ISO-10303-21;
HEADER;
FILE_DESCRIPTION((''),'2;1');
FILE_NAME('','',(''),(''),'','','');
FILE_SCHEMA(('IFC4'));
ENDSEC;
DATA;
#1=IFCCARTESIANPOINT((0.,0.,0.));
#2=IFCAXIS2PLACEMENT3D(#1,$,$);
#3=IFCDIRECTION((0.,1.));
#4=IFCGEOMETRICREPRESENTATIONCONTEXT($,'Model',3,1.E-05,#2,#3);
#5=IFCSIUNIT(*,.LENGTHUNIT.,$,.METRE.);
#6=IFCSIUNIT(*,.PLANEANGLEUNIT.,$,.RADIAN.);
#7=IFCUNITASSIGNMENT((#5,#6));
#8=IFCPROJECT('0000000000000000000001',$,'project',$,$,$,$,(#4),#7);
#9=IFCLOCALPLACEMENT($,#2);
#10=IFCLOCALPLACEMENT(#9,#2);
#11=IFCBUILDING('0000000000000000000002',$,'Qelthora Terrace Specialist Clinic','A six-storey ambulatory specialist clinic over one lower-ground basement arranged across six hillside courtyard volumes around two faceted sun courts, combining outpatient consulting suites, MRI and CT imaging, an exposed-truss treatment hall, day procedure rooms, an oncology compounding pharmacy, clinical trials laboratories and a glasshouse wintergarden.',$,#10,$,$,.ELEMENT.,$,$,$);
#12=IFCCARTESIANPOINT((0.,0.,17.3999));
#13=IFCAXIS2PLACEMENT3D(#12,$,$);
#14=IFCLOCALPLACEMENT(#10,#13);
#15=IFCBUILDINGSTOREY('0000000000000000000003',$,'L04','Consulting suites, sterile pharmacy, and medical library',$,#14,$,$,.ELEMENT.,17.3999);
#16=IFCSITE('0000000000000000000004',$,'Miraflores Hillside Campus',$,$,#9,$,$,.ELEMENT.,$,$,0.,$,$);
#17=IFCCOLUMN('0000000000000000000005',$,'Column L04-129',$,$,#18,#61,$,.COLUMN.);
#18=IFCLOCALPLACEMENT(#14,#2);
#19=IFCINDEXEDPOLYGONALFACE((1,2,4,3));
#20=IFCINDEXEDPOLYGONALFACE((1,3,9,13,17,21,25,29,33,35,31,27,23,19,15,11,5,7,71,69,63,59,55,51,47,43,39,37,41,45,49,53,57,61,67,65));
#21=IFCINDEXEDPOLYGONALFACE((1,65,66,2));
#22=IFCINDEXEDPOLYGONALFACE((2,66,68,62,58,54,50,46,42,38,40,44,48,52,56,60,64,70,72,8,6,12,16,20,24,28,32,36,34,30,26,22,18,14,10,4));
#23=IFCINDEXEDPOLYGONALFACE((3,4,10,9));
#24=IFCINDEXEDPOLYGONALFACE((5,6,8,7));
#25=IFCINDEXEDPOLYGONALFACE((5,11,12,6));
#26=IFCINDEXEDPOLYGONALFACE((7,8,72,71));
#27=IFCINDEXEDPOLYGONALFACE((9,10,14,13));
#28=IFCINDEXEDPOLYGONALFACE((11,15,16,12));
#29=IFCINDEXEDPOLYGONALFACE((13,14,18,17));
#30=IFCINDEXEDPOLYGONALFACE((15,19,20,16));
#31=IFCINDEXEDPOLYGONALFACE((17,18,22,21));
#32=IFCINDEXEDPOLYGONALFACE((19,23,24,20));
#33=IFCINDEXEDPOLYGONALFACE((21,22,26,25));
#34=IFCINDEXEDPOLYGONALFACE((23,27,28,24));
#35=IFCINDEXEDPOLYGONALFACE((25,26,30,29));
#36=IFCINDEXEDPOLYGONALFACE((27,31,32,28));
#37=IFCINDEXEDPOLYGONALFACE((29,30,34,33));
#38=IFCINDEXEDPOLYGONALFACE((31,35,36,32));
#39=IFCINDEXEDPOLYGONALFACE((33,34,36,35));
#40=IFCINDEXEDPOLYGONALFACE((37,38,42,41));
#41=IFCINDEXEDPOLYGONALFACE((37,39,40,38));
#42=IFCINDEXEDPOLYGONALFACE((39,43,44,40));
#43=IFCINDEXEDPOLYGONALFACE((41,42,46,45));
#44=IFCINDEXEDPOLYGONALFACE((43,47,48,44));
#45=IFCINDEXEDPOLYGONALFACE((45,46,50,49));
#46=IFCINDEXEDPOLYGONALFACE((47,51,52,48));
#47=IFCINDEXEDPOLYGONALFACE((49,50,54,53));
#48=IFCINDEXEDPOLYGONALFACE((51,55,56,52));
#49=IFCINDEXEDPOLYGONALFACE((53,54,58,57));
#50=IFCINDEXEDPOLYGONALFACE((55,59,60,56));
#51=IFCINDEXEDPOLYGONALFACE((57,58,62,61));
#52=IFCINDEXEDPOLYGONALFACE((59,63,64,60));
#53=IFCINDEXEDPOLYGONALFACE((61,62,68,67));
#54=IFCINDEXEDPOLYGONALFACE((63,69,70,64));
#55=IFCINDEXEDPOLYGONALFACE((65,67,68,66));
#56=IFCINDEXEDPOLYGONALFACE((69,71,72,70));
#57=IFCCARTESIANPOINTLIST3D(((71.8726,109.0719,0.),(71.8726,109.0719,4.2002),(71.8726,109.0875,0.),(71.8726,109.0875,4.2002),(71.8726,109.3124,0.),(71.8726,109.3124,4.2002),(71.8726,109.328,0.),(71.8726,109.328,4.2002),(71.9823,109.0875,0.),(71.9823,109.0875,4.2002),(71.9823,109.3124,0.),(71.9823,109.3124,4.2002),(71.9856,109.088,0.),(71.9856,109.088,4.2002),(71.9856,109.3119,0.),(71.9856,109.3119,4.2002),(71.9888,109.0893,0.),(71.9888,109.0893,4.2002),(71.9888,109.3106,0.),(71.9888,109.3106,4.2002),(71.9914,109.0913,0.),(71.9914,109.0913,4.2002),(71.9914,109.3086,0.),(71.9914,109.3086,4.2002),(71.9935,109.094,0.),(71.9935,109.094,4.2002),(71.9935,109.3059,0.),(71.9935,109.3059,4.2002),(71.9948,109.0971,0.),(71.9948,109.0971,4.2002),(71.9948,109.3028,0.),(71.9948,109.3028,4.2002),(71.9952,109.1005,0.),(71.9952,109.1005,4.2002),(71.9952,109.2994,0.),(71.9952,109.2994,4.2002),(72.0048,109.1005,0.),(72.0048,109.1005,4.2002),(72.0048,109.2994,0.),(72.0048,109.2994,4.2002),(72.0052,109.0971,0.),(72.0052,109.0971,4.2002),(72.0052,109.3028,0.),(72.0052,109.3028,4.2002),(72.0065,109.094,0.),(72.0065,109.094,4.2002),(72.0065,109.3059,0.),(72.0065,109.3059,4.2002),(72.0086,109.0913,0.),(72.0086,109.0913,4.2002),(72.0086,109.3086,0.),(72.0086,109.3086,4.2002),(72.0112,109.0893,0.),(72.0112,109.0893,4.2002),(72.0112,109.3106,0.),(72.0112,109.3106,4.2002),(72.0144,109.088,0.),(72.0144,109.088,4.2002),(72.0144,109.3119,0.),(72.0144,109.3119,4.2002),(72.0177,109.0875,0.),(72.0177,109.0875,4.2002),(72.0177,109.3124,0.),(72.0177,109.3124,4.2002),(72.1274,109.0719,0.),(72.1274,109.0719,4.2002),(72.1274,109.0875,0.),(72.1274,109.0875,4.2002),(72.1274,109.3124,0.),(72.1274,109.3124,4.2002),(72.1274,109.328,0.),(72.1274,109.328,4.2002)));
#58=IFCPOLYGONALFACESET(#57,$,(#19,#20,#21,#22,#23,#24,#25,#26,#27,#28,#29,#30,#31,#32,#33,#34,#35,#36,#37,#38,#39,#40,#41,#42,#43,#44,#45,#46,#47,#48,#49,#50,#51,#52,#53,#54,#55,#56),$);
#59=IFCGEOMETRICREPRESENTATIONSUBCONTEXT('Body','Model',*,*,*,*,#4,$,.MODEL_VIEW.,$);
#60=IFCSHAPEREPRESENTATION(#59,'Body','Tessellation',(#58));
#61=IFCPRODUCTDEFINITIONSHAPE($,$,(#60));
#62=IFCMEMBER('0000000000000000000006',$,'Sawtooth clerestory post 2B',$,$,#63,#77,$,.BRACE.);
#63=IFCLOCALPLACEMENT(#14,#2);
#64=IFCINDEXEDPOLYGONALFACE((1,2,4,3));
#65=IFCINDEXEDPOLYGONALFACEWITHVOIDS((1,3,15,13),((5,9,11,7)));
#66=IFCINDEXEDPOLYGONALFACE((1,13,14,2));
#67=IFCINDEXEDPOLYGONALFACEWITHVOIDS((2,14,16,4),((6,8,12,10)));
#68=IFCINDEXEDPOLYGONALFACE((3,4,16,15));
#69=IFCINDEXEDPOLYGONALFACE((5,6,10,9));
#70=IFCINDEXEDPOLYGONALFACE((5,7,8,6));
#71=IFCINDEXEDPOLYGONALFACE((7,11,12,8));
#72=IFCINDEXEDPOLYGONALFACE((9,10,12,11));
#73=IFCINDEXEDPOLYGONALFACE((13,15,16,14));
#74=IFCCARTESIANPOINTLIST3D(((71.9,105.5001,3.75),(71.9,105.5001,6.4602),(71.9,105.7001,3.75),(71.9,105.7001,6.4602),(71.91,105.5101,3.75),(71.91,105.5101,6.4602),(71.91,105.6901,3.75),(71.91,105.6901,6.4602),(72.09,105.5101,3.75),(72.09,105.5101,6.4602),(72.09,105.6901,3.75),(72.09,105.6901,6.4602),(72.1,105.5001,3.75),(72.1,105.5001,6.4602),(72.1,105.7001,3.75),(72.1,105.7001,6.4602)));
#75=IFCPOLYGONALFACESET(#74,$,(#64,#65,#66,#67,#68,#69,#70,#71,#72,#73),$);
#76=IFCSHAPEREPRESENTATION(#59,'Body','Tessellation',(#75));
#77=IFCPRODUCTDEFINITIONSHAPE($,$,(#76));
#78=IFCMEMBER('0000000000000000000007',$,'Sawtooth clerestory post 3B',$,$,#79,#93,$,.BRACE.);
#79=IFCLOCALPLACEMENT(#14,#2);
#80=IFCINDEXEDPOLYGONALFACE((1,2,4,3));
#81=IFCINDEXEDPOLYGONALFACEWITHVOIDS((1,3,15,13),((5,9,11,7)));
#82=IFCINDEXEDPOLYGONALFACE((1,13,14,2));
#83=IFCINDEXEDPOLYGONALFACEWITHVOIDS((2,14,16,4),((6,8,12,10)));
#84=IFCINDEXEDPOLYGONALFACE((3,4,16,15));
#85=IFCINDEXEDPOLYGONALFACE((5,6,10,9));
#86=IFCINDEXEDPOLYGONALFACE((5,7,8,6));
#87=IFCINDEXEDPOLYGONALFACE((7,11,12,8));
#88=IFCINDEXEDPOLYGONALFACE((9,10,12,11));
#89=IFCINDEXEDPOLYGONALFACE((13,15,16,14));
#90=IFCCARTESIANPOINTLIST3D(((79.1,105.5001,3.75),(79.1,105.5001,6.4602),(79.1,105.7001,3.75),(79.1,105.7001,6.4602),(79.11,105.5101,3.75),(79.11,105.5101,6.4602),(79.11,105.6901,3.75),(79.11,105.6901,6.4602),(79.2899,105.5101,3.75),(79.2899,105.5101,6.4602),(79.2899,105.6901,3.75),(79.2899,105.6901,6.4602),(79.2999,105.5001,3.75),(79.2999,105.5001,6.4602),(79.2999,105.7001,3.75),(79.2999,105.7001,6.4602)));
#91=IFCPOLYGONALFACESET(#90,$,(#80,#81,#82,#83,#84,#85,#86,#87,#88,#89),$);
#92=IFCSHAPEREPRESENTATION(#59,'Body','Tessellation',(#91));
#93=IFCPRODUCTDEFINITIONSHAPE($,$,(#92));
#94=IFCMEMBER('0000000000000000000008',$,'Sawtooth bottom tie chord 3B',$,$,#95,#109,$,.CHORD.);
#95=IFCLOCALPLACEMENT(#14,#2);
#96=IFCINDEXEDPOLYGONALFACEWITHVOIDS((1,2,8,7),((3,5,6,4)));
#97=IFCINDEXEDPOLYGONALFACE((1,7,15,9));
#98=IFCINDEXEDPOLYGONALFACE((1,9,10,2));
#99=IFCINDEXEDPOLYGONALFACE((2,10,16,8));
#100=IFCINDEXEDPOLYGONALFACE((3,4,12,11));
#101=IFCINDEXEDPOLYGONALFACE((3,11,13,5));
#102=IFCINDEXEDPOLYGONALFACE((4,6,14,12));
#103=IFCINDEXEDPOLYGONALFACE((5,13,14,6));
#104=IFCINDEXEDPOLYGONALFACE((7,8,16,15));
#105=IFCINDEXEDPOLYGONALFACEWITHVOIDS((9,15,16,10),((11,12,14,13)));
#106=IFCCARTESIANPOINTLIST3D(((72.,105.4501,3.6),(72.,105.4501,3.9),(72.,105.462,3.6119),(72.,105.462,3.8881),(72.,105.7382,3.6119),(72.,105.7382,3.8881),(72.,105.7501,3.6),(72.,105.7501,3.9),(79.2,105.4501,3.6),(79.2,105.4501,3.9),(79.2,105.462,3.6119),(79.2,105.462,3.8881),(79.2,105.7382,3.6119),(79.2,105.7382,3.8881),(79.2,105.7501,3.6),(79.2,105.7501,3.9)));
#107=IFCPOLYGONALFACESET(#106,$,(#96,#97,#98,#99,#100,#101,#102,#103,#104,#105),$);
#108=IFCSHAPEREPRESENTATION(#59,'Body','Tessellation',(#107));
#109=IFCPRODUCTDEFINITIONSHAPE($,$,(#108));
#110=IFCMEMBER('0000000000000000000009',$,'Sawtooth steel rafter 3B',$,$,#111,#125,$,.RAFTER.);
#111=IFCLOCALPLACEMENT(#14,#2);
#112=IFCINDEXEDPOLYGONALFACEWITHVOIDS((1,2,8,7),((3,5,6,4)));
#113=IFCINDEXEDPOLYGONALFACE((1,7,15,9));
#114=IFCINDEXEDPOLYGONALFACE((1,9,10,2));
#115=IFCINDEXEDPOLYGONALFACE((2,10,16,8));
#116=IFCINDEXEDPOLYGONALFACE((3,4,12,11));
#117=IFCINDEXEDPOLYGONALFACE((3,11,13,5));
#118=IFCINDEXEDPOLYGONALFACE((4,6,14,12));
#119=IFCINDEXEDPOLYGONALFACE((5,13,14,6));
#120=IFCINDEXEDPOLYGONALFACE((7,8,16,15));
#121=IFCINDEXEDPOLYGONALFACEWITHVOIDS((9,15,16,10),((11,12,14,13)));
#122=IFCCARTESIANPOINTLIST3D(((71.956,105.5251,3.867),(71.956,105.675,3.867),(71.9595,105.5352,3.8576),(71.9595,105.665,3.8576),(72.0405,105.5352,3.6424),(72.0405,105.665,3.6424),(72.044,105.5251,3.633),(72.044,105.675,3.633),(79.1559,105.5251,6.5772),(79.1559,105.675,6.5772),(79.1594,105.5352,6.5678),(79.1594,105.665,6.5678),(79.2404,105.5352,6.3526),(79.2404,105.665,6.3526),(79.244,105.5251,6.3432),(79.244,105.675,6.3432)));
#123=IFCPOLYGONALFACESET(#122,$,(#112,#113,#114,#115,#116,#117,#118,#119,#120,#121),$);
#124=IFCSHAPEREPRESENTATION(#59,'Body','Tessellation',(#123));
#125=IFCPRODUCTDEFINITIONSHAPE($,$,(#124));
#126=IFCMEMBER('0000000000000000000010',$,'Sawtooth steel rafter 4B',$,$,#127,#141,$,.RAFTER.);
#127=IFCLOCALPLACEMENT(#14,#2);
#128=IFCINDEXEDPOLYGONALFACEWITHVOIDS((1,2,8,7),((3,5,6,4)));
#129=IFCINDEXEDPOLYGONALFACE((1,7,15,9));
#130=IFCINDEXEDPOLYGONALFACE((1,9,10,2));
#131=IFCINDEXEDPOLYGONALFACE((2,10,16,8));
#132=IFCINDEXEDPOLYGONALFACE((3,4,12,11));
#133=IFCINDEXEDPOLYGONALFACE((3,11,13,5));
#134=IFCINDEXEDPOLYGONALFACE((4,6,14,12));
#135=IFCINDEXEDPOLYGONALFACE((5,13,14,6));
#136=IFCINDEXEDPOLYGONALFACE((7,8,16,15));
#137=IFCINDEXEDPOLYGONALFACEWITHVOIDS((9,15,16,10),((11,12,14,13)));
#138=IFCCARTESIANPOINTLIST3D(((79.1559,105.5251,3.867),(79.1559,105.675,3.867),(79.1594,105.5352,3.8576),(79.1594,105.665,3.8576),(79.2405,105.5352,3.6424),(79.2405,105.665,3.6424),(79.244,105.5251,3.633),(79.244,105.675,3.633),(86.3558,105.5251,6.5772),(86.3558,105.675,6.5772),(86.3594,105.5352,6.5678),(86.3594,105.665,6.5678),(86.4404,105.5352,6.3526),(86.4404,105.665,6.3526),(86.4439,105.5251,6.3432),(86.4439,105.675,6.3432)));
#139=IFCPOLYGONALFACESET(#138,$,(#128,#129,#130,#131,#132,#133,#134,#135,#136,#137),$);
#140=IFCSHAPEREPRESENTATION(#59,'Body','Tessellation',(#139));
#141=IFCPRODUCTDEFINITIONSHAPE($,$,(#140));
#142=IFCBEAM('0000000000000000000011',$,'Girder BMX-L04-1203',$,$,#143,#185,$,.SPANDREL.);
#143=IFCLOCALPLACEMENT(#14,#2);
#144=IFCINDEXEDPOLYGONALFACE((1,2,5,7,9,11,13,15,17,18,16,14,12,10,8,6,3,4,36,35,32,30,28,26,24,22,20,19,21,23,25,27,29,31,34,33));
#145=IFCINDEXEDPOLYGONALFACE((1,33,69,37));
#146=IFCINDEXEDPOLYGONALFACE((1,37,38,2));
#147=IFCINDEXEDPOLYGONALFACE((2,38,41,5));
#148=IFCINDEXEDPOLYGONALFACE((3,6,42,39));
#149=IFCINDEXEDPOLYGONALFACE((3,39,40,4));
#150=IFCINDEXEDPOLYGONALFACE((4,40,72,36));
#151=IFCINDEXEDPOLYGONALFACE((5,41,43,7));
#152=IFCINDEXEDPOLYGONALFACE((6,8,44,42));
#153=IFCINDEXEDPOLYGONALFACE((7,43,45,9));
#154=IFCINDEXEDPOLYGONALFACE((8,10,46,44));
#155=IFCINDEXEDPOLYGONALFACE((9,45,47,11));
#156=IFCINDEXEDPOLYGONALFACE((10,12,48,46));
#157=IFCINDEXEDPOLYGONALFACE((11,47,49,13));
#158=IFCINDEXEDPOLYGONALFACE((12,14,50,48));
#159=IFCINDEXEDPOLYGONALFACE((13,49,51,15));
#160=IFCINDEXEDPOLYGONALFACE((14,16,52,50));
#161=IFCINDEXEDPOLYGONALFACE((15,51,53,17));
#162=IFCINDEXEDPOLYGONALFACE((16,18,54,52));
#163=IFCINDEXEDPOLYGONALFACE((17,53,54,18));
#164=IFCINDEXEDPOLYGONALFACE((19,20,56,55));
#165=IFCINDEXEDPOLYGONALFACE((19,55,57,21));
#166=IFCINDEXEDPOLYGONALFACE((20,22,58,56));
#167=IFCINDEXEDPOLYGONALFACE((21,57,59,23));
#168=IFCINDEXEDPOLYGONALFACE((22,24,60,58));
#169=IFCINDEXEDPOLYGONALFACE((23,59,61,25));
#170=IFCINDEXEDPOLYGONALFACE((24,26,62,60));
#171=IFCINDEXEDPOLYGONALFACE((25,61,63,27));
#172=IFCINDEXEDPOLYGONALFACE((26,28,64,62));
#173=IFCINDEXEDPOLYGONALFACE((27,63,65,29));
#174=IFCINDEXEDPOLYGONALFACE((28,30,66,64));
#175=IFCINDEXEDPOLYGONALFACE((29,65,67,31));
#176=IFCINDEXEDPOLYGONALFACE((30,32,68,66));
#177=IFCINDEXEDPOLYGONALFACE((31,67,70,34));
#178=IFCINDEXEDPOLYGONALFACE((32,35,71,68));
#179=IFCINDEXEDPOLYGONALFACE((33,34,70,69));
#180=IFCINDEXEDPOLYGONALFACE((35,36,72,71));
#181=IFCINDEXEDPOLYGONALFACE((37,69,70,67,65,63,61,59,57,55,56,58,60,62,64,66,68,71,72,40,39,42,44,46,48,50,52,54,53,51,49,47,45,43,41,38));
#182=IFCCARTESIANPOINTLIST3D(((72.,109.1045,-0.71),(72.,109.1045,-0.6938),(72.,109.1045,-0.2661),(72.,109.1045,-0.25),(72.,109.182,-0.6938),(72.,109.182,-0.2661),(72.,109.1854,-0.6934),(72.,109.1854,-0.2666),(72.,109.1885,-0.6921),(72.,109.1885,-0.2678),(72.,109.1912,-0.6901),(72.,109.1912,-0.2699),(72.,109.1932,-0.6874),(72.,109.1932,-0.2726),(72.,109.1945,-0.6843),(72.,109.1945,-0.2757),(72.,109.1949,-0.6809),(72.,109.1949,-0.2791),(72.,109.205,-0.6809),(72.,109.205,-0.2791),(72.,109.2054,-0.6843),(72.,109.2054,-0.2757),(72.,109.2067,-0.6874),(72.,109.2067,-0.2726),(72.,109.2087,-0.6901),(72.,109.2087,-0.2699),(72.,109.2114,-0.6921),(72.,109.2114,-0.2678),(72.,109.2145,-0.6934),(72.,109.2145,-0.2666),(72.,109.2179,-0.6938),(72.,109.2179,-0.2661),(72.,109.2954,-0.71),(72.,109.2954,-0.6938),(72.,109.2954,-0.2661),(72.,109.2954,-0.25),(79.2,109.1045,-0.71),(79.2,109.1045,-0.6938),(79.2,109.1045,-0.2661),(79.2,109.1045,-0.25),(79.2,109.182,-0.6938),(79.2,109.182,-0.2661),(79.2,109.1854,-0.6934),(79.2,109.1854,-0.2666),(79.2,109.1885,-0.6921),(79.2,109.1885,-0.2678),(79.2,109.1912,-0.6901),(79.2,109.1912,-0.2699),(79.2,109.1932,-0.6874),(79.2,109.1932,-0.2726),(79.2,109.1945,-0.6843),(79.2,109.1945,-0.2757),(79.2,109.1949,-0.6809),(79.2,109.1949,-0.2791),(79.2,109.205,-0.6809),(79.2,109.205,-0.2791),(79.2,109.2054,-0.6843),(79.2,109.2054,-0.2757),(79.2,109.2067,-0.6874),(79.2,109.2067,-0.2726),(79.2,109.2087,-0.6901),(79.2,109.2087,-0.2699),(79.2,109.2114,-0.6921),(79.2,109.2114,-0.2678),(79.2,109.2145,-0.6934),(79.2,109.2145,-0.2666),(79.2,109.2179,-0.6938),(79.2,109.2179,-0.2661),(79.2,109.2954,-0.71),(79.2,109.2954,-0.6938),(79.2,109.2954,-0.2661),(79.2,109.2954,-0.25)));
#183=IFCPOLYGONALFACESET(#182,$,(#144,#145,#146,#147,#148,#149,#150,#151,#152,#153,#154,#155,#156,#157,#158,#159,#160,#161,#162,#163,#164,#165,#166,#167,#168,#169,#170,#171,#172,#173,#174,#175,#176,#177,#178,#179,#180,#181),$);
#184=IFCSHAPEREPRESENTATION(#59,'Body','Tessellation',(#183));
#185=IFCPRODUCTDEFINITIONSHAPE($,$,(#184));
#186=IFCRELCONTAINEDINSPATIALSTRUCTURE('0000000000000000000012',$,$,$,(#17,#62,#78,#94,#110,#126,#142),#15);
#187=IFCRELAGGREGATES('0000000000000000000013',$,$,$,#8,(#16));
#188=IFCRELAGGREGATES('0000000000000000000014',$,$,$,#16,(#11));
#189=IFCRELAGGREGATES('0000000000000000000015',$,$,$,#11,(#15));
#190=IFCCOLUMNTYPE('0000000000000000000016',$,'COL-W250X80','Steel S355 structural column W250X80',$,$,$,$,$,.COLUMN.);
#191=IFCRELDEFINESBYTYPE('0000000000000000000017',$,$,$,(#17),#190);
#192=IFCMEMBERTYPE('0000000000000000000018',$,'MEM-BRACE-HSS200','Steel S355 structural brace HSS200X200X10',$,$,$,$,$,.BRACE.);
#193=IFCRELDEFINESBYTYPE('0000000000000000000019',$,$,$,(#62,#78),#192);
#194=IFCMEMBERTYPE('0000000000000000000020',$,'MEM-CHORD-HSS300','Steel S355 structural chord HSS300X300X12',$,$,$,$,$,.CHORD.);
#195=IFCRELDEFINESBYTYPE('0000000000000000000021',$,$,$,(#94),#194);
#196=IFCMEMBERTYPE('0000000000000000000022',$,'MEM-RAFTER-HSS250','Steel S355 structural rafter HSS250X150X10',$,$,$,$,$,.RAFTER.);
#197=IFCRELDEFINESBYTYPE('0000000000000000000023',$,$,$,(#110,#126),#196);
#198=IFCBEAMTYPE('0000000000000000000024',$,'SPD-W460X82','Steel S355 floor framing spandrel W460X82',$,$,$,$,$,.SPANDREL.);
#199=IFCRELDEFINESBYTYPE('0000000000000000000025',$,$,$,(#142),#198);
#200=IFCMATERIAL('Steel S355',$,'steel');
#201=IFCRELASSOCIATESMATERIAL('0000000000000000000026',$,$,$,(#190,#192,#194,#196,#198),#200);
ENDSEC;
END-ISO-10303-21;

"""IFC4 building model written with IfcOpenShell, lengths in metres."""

from ifc_helpers import new_model, si_unit, direction, frame, origin, origin_2d, place, context, subcontext, project, spatial, hollow_rectangle, i_section, extrude, material, material_profile, profile_set, type_object, element, save


model = new_model("IFC4")

# Units and contexts
model_context = context("Model", 3, precision=1e-05, world=origin(), true_north=direction((0.0, 1.0)))
body_context = subcontext(model_context, "Body", "Model", "MODEL_VIEW")
ifc_project = project(units=[si_unit("LENGTHUNIT", "METRE"), si_unit("PLANEANGLEUNIT", "RADIAN")], contexts=[model_context])

# Site, building, storey
site_placement = place(None, origin())
site = spatial("IfcSite", under=ifc_project, at=site_placement, Name="Miraflores Hillside Campus", CompositionType="ELEMENT", RefElevation=0.0)
building_placement = place(site_placement, origin())
building = spatial("IfcBuilding", under=site, at=building_placement, Name="Qelthora Terrace Specialist Clinic", Description="A six-storey ambulatory specialist clinic over one lower-ground basement arranged across six hillside courtyard volumes around two faceted sun courts, combining outpatient consulting suites, MRI and CT imaging, an exposed-truss treatment hall, day procedure rooms, an oncology compounding pharmacy, clinical trials laboratories and a glasshouse wintergarden.", CompositionType="ELEMENT")
storey_placement = place(building_placement, frame((0.0, 0.0, 17.3999)))
storey = spatial("IfcBuildingStorey", under=building, at=storey_placement, Name="L04", Description="Consulting suites, sterile pharmacy, and medical library", CompositionType="ELEMENT", Elevation=17.3999)

# Column
ifc_material_1 = material(Name="Steel S355", Category="steel")
ifc_material_profile_1 = material_profile(ifc_material_1, i_section(OverallWidth=0.2549, OverallDepth=0.2561, WebThickness=0.0095, FlangeThickness=0.0156, FilletRadius=0.0129, at=origin_2d()), Name="W250X80")
ifc_profile_set_1 = profile_set([ifc_material_profile_1], Name="Steel S355")
column_type = type_object("IfcColumnType", Name="COL-W250X80", Description="Steel S355 structural column W250X80", PredefinedType="COLUMN", material=ifc_profile_set_1)
column_placement = place(storey_placement, frame((72.0, 109.2, 0.0), z_axis=(0.0, 0.0, 1.0), x_axis=(1.0, 0.0, 0.0)))
element("IfcColumn", 1, at=column_placement, inside=storey, type_object=column_type, Name="Column L04-129", PredefinedType="COLUMN", context=body_context, shape_type="SweptSolid", body=[
    extrude(i_section(OverallWidth=0.2549, OverallDepth=0.2561, WebThickness=0.0095, FlangeThickness=0.0156, FilletRadius=0.0129, at=origin_2d()), origin(), (0.0, 0.0, 1.0), 4.2002),
])

# Members
ifc_material_profile_2 = material_profile(ifc_material_1, hollow_rectangle(XDim=0.2, YDim=0.2, WallThickness=0.01, at=origin_2d()), Name="HSS200X200X10")
ifc_profile_set_2 = profile_set([ifc_material_profile_2], Name="Steel S355")
member_type_1 = type_object("IfcMemberType", Name="MEM-BRACE-HSS200", Description="Steel S355 structural brace HSS200X200X10", PredefinedType="BRACE", material=ifc_profile_set_2)
for number, where, z_axis, x_axis, name in (
    (2, (72.0, 105.6001, 3.75), (0.0, 0.0, 1.0), (1.0, 0.0, 0.0), "Sawtooth clerestory post 2B"),
    (3, (79.2, 105.6001, 3.75), (0.0, 0.0, 1.0), (1.0, 0.0, 0.0), "Sawtooth clerestory post 3B"),
):
    element("IfcMember", number, at=place(storey_placement, frame(where, z_axis=z_axis, x_axis=x_axis)), inside=storey, type_object=member_type_1, Name=name, PredefinedType="BRACE", context=body_context, shape_type="SweptSolid", body=[
        extrude(hollow_rectangle(XDim=0.2, YDim=0.2, WallThickness=0.01, at=origin_2d()), origin(), (0.0, 0.0, 1.0), 2.7102),
    ])
ifc_material_profile_3 = material_profile(ifc_material_1, hollow_rectangle(XDim=0.3, YDim=0.3, WallThickness=0.012, at=origin_2d()), Name="HSS300X300X12")
ifc_profile_set_3 = profile_set([ifc_material_profile_3], Name="Steel S355")
member_type_2 = type_object("IfcMemberType", Name="MEM-CHORD-HSS300", Description="Steel S355 structural chord HSS300X300X12", PredefinedType="CHORD", material=ifc_profile_set_3)
member_placement = place(storey_placement, frame((72.0, 105.6001, 3.75), z_axis=(1.0, 0.0, 0.0), x_axis=(0.0, 1.0, 0.0)))
element("IfcMember", 4, at=member_placement, inside=storey, type_object=member_type_2, Name="Sawtooth bottom tie chord 3B", PredefinedType="CHORD", context=body_context, shape_type="SweptSolid", body=[
    extrude(hollow_rectangle(XDim=0.3, YDim=0.3, WallThickness=0.012, at=origin_2d()), origin(), (0.0, 0.0, 1.0), 7.2),
])
ifc_material_profile_4 = material_profile(ifc_material_1, hollow_rectangle(XDim=0.1499, YDim=0.25, WallThickness=0.01, at=origin_2d()), Name="HSS250X150X10")
ifc_profile_set_4 = profile_set([ifc_material_profile_4], Name="Steel S355")
member_type_3 = type_object("IfcMemberType", Name="MEM-RAFTER-HSS250", Description="Steel S355 structural rafter HSS250X150X10", PredefinedType="RAFTER", material=ifc_profile_set_4)
for number, where, z_axis, x_axis, name in (
    (5, (72.0, 105.6001, 3.75), (0.935892, 0.0, 0.352288), (0.0, 1.0, 0.0), "Sawtooth steel rafter 3B"),
    (6, (79.2, 105.6001, 3.75), (0.935892, 0.0, 0.352288), (0.0, 1.0, 0.0), "Sawtooth steel rafter 4B"),
):
    element("IfcMember", number, at=place(storey_placement, frame(where, z_axis=z_axis, x_axis=x_axis)), inside=storey, type_object=member_type_3, Name=name, PredefinedType="RAFTER", context=body_context, shape_type="SweptSolid", body=[
        extrude(hollow_rectangle(XDim=0.1499, YDim=0.25, WallThickness=0.01, at=origin_2d()), origin(), (0.0, 0.0, 1.0), 7.6931),
    ])

# Beam
ifc_material_profile_5 = material_profile(ifc_material_1, i_section(OverallWidth=0.1909, OverallDepth=0.46, WebThickness=0.01, FlangeThickness=0.0161, FilletRadius=0.0129, at=origin_2d()), Name="W460X82")
ifc_profile_set_5 = profile_set([ifc_material_profile_5], Name="Steel S355")
beam_type = type_object("IfcBeamType", Name="SPD-W460X82", Description="Steel S355 floor framing spandrel W460X82", PredefinedType="SPANDREL", material=ifc_profile_set_5)
beam_placement = place(storey_placement, frame((72.0, 109.2, -0.48), z_axis=(1.0, 0.0, 0.0), x_axis=(0.0, 1.0, 0.0)))
element("IfcBeam", 7, at=beam_placement, inside=storey, type_object=beam_type, Name="Girder BMX-L04-1203", PredefinedType="SPANDREL", context=body_context, shape_type="SweptSolid", body=[
    extrude(i_section(OverallWidth=0.1909, OverallDepth=0.46, WebThickness=0.01, FlangeThickness=0.0161, FilletRadius=0.0129, at=origin_2d()), origin(), (0.0, 0.0, 1.0), 7.2),
])

save(model, "model.ifc")
